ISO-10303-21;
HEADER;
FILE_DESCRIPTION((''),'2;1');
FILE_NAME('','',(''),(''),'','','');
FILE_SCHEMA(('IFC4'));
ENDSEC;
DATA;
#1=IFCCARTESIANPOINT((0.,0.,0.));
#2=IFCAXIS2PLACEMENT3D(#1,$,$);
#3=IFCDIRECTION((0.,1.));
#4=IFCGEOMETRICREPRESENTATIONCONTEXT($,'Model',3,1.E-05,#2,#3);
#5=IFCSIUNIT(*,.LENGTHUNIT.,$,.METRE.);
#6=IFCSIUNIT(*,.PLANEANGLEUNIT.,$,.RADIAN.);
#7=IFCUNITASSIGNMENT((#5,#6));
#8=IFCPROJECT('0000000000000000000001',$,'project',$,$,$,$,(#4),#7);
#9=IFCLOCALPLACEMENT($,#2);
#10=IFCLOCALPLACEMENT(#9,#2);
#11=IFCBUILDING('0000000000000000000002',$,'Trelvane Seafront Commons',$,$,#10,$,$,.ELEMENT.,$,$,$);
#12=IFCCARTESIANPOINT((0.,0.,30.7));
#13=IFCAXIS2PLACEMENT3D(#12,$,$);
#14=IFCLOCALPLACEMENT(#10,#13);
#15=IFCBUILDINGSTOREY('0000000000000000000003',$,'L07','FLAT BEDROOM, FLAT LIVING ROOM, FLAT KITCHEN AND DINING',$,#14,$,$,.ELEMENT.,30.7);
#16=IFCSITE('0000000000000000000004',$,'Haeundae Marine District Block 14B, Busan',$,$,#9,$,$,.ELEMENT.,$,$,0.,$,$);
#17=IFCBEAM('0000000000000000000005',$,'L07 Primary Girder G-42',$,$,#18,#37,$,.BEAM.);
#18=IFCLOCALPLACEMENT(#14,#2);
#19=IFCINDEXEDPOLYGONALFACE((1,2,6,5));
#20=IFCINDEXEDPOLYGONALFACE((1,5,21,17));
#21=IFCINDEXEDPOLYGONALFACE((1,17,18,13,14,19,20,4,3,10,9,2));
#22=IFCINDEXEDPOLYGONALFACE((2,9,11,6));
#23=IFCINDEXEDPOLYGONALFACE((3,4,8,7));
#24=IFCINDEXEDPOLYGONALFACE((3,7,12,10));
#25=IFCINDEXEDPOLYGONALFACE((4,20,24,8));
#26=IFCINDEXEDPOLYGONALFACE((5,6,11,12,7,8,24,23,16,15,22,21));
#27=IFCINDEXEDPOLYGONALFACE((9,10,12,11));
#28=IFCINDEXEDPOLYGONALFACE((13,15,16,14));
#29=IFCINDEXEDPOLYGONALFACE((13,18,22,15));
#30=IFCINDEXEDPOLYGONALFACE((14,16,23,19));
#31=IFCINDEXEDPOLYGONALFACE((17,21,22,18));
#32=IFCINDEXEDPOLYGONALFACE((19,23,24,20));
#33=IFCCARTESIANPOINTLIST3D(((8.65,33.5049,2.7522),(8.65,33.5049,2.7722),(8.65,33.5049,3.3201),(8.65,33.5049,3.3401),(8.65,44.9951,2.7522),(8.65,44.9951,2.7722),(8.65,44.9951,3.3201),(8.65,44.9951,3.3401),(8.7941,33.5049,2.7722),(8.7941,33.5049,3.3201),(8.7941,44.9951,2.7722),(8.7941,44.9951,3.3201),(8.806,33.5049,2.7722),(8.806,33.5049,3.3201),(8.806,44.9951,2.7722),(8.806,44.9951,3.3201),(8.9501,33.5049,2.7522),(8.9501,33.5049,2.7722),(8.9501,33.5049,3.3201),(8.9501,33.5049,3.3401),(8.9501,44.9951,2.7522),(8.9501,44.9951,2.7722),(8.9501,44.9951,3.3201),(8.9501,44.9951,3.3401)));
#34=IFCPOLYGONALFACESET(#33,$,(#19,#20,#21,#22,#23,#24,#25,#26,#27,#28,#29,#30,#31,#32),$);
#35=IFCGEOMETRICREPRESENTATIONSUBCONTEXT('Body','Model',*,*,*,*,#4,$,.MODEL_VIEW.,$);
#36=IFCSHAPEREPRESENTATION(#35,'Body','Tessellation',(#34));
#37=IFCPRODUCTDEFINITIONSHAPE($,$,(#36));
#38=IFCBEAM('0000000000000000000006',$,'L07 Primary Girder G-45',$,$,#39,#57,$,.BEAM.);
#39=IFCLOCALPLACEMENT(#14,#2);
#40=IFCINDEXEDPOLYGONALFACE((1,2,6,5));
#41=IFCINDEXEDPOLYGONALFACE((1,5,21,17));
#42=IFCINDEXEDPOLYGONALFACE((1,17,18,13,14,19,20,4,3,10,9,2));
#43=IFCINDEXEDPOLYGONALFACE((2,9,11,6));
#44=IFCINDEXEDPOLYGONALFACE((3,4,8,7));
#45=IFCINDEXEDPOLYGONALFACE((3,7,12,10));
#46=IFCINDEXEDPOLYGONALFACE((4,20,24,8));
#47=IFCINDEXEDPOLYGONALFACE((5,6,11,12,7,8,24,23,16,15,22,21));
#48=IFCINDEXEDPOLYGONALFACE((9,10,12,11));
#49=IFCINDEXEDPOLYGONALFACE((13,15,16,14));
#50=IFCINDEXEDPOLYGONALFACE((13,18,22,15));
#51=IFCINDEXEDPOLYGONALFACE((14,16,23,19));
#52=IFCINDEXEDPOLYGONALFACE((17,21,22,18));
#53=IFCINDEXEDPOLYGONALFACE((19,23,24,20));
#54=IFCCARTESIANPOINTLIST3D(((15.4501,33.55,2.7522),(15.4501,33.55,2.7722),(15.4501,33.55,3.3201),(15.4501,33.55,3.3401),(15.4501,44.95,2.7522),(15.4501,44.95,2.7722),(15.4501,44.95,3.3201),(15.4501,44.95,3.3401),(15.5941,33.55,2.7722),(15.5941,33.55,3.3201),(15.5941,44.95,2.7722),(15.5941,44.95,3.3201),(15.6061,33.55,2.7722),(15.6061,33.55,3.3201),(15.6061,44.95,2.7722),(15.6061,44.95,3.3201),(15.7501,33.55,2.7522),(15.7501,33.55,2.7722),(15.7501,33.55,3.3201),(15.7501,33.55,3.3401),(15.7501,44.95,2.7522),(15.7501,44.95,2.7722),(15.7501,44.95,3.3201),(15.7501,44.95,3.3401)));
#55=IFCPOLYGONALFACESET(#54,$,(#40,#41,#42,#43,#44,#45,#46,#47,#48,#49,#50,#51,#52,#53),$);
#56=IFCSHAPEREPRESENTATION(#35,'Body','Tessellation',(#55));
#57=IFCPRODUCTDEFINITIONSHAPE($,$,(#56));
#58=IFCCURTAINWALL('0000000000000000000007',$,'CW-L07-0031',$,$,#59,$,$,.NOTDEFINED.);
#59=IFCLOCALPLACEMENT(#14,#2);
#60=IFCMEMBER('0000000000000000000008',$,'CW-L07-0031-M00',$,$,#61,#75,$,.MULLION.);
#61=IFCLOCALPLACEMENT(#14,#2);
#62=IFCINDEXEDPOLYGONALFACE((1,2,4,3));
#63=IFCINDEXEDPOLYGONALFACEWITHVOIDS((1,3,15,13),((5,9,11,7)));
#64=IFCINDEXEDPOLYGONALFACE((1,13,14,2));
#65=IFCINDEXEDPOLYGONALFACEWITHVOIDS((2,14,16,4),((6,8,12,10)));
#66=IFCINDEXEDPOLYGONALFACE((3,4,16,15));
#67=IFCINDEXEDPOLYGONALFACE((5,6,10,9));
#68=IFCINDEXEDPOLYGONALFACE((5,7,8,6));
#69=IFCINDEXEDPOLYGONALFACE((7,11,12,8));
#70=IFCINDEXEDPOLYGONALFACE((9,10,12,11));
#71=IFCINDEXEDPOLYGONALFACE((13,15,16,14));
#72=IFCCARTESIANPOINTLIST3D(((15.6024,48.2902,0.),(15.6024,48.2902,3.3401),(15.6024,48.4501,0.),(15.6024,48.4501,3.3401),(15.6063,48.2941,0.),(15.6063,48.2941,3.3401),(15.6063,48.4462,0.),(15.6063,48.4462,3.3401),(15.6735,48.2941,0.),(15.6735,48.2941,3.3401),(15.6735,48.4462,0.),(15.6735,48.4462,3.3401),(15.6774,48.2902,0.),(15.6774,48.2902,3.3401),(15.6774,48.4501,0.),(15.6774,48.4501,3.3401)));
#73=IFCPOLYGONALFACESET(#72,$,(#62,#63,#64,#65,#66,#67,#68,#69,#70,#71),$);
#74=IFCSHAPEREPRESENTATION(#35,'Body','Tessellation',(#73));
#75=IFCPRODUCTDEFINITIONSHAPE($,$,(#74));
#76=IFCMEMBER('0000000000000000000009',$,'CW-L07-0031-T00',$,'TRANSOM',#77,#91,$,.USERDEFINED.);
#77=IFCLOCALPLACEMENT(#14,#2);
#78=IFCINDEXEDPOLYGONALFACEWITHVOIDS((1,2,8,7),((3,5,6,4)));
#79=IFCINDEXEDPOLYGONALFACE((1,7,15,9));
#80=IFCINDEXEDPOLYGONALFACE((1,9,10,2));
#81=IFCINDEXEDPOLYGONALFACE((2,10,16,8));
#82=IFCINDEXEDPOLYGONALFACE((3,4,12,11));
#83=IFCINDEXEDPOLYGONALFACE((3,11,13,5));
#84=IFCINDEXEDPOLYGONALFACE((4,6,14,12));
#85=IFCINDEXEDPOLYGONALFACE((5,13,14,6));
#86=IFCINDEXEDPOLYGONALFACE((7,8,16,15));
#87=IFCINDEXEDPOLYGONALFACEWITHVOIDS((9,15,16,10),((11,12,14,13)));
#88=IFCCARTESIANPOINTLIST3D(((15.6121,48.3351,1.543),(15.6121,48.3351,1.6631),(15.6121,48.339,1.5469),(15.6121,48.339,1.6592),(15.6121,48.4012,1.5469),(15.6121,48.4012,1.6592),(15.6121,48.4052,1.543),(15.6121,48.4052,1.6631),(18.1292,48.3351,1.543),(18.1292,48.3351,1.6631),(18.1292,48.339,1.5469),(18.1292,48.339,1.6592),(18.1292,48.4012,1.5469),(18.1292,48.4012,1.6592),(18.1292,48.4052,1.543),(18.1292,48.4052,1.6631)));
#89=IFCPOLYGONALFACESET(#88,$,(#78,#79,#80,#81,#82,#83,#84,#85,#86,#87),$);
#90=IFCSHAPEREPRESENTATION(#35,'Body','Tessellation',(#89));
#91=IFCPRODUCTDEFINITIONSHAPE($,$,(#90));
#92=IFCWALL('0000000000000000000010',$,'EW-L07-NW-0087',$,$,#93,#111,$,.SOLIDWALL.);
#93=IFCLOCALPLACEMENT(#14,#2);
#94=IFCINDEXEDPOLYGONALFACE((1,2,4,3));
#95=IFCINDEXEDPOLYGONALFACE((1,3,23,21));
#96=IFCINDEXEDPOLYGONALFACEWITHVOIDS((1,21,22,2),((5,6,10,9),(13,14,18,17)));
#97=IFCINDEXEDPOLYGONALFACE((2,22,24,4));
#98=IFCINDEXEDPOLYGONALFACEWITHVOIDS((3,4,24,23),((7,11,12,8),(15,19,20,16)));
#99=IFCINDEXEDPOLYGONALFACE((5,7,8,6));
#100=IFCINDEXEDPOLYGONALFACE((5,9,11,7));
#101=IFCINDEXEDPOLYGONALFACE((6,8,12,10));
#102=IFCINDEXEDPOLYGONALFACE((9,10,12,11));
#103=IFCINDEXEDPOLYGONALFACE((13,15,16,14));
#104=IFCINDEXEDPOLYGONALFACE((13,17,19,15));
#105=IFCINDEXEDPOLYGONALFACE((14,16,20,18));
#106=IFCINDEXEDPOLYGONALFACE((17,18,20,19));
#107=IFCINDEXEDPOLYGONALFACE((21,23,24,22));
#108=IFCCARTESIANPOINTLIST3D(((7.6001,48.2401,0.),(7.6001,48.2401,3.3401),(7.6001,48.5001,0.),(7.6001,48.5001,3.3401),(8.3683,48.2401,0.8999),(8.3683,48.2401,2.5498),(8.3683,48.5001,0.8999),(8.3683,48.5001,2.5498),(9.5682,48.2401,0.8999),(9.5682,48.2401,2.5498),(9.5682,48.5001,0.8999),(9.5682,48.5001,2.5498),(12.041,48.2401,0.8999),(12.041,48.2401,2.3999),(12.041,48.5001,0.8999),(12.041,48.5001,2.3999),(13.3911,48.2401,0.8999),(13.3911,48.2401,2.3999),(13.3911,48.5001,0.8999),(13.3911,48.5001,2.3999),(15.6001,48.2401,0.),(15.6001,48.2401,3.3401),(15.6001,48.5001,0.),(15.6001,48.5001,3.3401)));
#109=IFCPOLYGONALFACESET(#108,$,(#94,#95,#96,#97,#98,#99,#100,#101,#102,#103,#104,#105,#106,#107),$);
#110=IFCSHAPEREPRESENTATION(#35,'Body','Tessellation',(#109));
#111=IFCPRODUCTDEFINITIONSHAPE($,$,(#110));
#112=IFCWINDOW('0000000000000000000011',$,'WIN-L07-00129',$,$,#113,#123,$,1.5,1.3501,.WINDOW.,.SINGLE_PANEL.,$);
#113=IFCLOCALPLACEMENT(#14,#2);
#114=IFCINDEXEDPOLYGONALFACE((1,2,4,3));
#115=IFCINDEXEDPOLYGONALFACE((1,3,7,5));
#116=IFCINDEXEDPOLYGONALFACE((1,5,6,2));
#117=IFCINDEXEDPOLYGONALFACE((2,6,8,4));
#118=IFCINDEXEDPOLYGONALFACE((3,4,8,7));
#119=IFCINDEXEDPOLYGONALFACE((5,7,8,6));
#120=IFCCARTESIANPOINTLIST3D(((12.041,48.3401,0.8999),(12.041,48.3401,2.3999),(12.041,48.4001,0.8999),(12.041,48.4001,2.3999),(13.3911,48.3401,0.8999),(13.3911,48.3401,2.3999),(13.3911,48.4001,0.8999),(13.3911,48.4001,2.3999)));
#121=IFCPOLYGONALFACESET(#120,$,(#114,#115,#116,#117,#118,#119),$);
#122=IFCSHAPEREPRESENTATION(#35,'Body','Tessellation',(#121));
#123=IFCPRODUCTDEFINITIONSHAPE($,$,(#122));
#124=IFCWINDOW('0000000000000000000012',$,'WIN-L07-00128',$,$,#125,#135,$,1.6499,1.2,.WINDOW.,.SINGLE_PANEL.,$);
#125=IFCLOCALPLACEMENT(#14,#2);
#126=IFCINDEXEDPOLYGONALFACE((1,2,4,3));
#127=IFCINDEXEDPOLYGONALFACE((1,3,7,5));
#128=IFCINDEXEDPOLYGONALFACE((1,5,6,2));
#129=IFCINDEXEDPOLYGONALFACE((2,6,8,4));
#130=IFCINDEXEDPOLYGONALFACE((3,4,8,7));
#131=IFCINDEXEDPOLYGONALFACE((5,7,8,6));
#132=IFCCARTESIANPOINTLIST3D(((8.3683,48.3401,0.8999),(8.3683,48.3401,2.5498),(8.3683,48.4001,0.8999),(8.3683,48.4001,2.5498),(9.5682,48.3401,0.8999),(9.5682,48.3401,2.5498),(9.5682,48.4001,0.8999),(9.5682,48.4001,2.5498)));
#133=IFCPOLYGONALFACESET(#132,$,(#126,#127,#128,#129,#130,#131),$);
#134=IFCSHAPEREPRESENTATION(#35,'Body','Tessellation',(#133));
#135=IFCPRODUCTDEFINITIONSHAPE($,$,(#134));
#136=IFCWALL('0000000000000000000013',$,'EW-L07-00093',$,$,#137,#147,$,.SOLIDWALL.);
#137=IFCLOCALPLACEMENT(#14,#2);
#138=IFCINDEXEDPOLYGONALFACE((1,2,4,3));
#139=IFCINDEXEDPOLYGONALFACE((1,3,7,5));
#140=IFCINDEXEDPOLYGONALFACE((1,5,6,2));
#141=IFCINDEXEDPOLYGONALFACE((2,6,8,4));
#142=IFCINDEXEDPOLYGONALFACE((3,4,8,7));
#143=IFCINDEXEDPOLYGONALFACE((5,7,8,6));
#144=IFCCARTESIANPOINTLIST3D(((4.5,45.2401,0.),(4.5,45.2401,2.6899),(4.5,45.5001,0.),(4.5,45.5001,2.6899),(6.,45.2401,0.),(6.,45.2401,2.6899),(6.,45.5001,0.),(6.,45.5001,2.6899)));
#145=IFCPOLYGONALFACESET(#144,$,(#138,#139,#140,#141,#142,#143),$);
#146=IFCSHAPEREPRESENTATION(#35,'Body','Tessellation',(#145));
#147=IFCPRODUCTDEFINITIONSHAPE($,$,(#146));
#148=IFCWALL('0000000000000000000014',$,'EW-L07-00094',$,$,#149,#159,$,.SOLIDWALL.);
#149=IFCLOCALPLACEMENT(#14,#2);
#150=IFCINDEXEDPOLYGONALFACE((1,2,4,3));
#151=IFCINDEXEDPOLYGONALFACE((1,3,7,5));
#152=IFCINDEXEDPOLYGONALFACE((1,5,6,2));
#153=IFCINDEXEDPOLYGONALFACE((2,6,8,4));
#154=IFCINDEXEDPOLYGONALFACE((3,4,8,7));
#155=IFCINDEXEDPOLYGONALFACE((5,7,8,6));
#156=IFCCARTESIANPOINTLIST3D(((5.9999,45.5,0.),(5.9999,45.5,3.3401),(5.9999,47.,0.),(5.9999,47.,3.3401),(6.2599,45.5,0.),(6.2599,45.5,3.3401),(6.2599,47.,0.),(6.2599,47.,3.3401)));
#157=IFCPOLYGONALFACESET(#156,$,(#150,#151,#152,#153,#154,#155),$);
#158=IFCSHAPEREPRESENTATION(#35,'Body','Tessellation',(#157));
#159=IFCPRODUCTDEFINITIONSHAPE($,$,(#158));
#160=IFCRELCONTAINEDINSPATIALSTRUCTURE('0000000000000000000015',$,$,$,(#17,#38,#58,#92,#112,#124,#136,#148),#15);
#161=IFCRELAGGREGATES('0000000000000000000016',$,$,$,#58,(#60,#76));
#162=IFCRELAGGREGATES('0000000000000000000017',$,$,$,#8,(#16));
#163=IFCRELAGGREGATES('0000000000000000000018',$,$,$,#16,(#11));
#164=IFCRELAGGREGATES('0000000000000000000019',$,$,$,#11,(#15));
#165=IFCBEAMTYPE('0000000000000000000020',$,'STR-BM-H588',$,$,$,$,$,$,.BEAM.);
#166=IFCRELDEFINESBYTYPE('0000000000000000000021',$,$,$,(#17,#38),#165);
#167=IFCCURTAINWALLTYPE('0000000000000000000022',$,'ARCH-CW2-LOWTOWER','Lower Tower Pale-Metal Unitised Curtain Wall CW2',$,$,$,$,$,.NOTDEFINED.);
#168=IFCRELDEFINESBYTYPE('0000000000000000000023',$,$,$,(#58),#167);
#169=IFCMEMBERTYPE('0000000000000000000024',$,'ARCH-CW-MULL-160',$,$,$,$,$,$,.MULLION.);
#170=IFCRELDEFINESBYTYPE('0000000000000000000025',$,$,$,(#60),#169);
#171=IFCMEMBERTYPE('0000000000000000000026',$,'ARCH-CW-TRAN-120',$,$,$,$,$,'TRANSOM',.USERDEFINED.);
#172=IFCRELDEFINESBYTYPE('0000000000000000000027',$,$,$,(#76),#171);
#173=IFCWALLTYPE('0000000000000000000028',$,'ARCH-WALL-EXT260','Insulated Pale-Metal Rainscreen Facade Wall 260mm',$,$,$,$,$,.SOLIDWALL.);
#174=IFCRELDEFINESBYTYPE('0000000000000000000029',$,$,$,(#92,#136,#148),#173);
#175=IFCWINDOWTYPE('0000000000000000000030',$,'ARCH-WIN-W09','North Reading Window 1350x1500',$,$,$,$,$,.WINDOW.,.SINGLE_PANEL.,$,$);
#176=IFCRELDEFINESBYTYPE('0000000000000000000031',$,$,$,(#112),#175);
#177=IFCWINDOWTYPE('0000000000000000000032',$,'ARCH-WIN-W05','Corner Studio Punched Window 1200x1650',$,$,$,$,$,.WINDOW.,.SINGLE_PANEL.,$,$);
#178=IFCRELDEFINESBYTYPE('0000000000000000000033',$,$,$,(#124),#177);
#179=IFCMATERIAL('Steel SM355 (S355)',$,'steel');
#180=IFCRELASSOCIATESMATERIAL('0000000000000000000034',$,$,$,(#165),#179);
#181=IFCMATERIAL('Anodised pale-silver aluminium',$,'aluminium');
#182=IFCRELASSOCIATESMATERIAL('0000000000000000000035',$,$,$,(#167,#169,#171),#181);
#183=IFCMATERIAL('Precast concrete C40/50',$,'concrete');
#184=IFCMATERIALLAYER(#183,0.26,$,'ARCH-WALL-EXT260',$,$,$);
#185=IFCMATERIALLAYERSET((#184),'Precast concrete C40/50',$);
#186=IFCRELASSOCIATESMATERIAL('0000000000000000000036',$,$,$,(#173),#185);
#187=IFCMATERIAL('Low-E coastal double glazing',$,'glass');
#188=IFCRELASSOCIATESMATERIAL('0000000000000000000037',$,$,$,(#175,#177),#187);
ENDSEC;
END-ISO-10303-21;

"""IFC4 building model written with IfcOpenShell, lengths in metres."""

from ifc_helpers import new_model, si_unit, direction, frame, frame_2d, origin, origin_2d, place, context, subcontext, project, spatial, rectangle, hollow_rectangle, i_section, extrude, source, transform, mapped, material, layer, layer_set, material_profile, profile_set, type_object, element, fill, aggregate, save


model = new_model("IFC4")

# Units and contexts
model_context = context("Model", 3, precision=1e-05, world=origin(), true_north=direction((0.0, 1.0)))
body_context = subcontext(model_context, "Body", "Model", "MODEL_VIEW")
ifc_project = project(units=[si_unit("LENGTHUNIT", "METRE"), si_unit("PLANEANGLEUNIT", "RADIAN")], contexts=[model_context])

# Site, building, storey
site_placement = place(None, origin())
site = spatial("IfcSite", under=ifc_project, at=site_placement, Name="Haeundae Marine District Block 14B, Busan", CompositionType="ELEMENT", RefElevation=0.0)
building_placement = place(site_placement, origin())
building = spatial("IfcBuilding", under=site, at=building_placement, Name="Trelvane Seafront Commons", CompositionType="ELEMENT")
storey_placement = place(building_placement, frame((0.0, 0.0, 30.7)))
storey = spatial("IfcBuildingStorey", under=building, at=storey_placement, Name="L07", Description="FLAT BEDROOM, FLAT LIVING ROOM, FLAT KITCHEN AND DINING", CompositionType="ELEMENT", Elevation=30.7)

# Shared definitions
ifc_material_1 = material(Name="Steel SM355 (S355)", Category="steel")

# Beams
ifc_material_profile_1 = material_profile(ifc_material_1, i_section(OverallWidth=0.3, OverallDepth=0.5879, WebThickness=0.012, FlangeThickness=0.02, at=origin_2d()), Name="H-588x300x12x20")
ifc_profile_set_1 = profile_set([ifc_material_profile_1], Name="Steel SM355 (S355)")
beam_type_1 = type_object("IfcBeamType", Name="STR-BM-H588", PredefinedType="BEAM", material=ifc_profile_set_1)
shared_shape_1 = source(origin(), body_context, "Body", "SweptSolid", [
    extrude(i_section(OverallWidth=0.3, OverallDepth=0.5879, WebThickness=0.012, FlangeThickness=0.02, at=origin_2d()), origin(), (0.0, 0.0, 1.0), 11.4902),
])
for number, where, z_axis, x_axis, name in (
    (1, (8.8, 33.5049, 3.0461), (0.0, 1.0, 0.0), (-1.0, 0.0, 0.0), "L07 Primary Girder G-42"),
):
    element("IfcBeam", number, at=place(storey_placement, frame(where, z_axis=z_axis, x_axis=x_axis)), inside=storey, type_object=beam_type_1, Name=name, PredefinedType="BEAM", context=body_context, shape_type="MappedRepresentation", body=[
        mapped(shared_shape_1, transform((0.0, 0.0, 0.0), x_axis=(1.0, 0.0, 0.0), y_axis=(0.0, 1.0, 0.0), z_axis=(0.0, 0.0, 1.0), scale=1.0)),
    ])
shared_shape_2 = source(origin(), body_context, "Body", "SweptSolid", [
    extrude(i_section(OverallWidth=0.3, OverallDepth=0.5879, WebThickness=0.012, FlangeThickness=0.02, at=origin_2d()), origin(), (0.0, 0.0, 1.0), 11.3999),
])
beam_1_placement = place(storey_placement, frame((15.6001, 33.55, 3.0461), z_axis=(0.0, 1.0, 0.0), x_axis=(-1.0, 0.0, 0.0)))
element("IfcBeam", 2, at=beam_1_placement, inside=storey, type_object=beam_type_1, Name="L07 Primary Girder G-45", PredefinedType="BEAM", context=body_context, shape_type="MappedRepresentation", body=[
    mapped(shared_shape_2, transform((0.0, 0.0, 0.0), x_axis=(1.0, 0.0, 0.0), y_axis=(0.0, 1.0, 0.0), z_axis=(0.0, 0.0, 1.0), scale=1.0)),
])

# Curtain wall, members
ifc_material_2 = material(Name="Anodised pale-silver aluminium", Category="aluminium")
curtain_wall_type = type_object("IfcCurtainWallType", Name="ARCH-CW2-LOWTOWER", Description="Lower Tower Pale-Metal Unitised Curtain Wall CW2", PredefinedType="NOTDEFINED", material=ifc_material_2)
curtain_wall_placement = place(storey_placement, origin())
curtain_wall = element("IfcCurtainWall", 3, at=curtain_wall_placement, inside=storey, type_object=curtain_wall_type, Name="CW-L07-0031", PredefinedType="NOTDEFINED")
ifc_material_profile_2 = material_profile(ifc_material_2, hollow_rectangle(XDim=0.075, YDim=0.1599, WallThickness=0.0039, at=origin_2d()), Name="MULL-75x160x4")
ifc_profile_set_2 = profile_set([ifc_material_profile_2], Name="Anodised pale-silver aluminium")
member_type_1 = type_object("IfcMemberType", Name="ARCH-CW-MULL-160", PredefinedType="MULLION", material=ifc_profile_set_2)
shared_shape_3 = source(origin(), body_context, "Body", "SweptSolid", [
    extrude(hollow_rectangle(XDim=0.075, YDim=0.1599, WallThickness=0.0039, at=origin_2d()), origin(), (0.0, 0.0, 1.0), 3.3401),
])
member_1_placement = place(storey_placement, frame((15.6399, 48.3701, 0.0), z_axis=(0.0, 0.0, 1.0), x_axis=(1.0, 0.0, 0.0)))
member_1 = element("IfcMember", 4, at=member_1_placement, type_object=member_type_1, Name="CW-L07-0031-M00", PredefinedType="MULLION", context=body_context, shape_type="MappedRepresentation", body=[
    mapped(shared_shape_3, transform((0.0, 0.0, 0.0), x_axis=(1.0, 0.0, 0.0), y_axis=(0.0, 1.0, 0.0), z_axis=(0.0, 0.0, 1.0), scale=1.0)),
])
ifc_material_profile_3 = material_profile(ifc_material_2, hollow_rectangle(XDim=0.0701, YDim=0.1201, WallThickness=0.0039, at=origin_2d()), Name="TRAN-70x120x4")
ifc_profile_set_3 = profile_set([ifc_material_profile_3], Name="Anodised pale-silver aluminium")
member_type_2 = type_object("IfcMemberType", Name="ARCH-CW-TRAN-120", ElementType="TRANSOM", PredefinedType="USERDEFINED", material=ifc_profile_set_3)
shared_shape_4 = source(origin(), body_context, "Body", "SweptSolid", [
    extrude(hollow_rectangle(XDim=0.0701, YDim=0.1201, WallThickness=0.0039, at=origin_2d()), origin(), (0.0, 0.0, 1.0), 2.5171),
])
member_2_placement = place(storey_placement, frame((15.6121, 48.3701, 1.603), z_axis=(1.0, 0.0, 0.0), x_axis=(0.0, 1.0, 0.0)))
member_2 = element("IfcMember", 5, at=member_2_placement, type_object=member_type_2, Name="CW-L07-0031-T00", ObjectType="TRANSOM", PredefinedType="USERDEFINED", context=body_context, shape_type="MappedRepresentation", body=[
    mapped(shared_shape_4, transform((0.0, 0.0, 0.0), x_axis=(1.0, 0.0, 0.0), y_axis=(0.0, 1.0, 0.0), z_axis=(0.0, 0.0, 1.0), scale=1.0)),
])
aggregate(curtain_wall, [member_1, member_2])

# Wall, openings, windows
ifc_material_3 = material(Name="Precast concrete C40/50", Category="concrete")
ifc_layer_1 = layer(ifc_material_3, 0.26, Name="ARCH-WALL-EXT260")
ifc_layer_set_1 = layer_set([ifc_layer_1], Name="Precast concrete C40/50")
wall_type_1 = type_object("IfcWallType", Name="ARCH-WALL-EXT260", Description="Insulated Pale-Metal Rainscreen Facade Wall 260mm", PredefinedType="SOLIDWALL", material=ifc_layer_set_1)
wall_1_placement = place(storey_placement, frame((7.6001, 48.3701, 0.0), z_axis=(0.0, 0.0, 1.0), x_axis=(1.0, 0.0, 0.0)))
wall_1 = element("IfcWall", 6, at=wall_1_placement, inside=storey, type_object=wall_type_1, Name="EW-L07-NW-0087", PredefinedType="SOLIDWALL", context=body_context, shape_type="SweptSolid", body=[
    extrude(rectangle(XDim=8.0, YDim=0.26, at=frame_2d((4.0, 0.0))), origin(), (0.0, 0.0, 1.0), 3.3401),
])
opening_1_placement = place(wall_1_placement, frame((0.7681, 0.0, 0.8999)))
opening_1 = element("IfcOpeningElement", 7, at=opening_1_placement, cuts=wall_1, PredefinedType="OPENING", context=body_context, shape_type="SweptSolid", body=[
    extrude(rectangle(XDim=1.2, YDim=1.6499, at=frame_2d((0.6001, 0.825))), frame((0.0, 0.1399, 0.0), z_axis=(0.0, -1.0, 0.0), x_axis=(1.0, 0.0, 0.0)), (0.0, 0.0, 1.0), 0.28),
])
opening_2_placement = place(wall_1_placement, frame((4.4409, 0.0, 0.8999)))
opening_2 = element("IfcOpeningElement", 8, at=opening_2_placement, cuts=wall_1, PredefinedType="OPENING", context=body_context, shape_type="SweptSolid", body=[
    extrude(rectangle(XDim=1.3501, YDim=1.5, at=frame_2d((0.675, 0.75))), frame((0.0, 0.1399, 0.0), z_axis=(0.0, -1.0, 0.0), x_axis=(1.0, 0.0, 0.0)), (0.0, 0.0, 1.0), 0.28),
])
ifc_material_4 = material(Name="Low-E coastal double glazing", Category="glass")
window_type_1 = type_object("IfcWindowType", Name="ARCH-WIN-W09", Description="North Reading Window 1350x1500", PartitioningType="SINGLE_PANEL", PredefinedType="WINDOW", material=ifc_material_4)
shared_shape_5 = source(origin(), body_context, "Body", "SweptSolid", [
    extrude(rectangle(XDim=1.3501, YDim=1.5, at=frame_2d((0.675, 0.75))), frame((0.0, 0.03, 0.0), z_axis=(0.0, -1.0, 0.0), x_axis=(1.0, 0.0, 0.0)), (0.0, 0.0, 1.0), 0.0601),
])
window_1_placement = place(opening_2_placement, origin())
window_1 = element("IfcWindow", 9, at=window_1_placement, inside=storey, type_object=window_type_1, Name="WIN-L07-00129", OverallHeight=1.5, OverallWidth=1.3501, PartitioningType="SINGLE_PANEL", PredefinedType="WINDOW", context=body_context, shape_type="MappedRepresentation", body=[
    mapped(shared_shape_5, transform((0.0, 0.0, 0.0), x_axis=(1.0, 0.0, 0.0), y_axis=(0.0, 1.0, 0.0), z_axis=(0.0, 0.0, 1.0), scale=1.0)),
])
fill(opening_2, window_1)
window_type_2 = type_object("IfcWindowType", Name="ARCH-WIN-W05", Description="Corner Studio Punched Window 1200x1650", PartitioningType="SINGLE_PANEL", PredefinedType="WINDOW", material=ifc_material_4)
shared_shape_6 = source(origin(), body_context, "Body", "SweptSolid", [
    extrude(rectangle(XDim=1.2, YDim=1.6499, at=frame_2d((0.6001, 0.825))), frame((0.0, 0.03, 0.0), z_axis=(0.0, -1.0, 0.0), x_axis=(1.0, 0.0, 0.0)), (0.0, 0.0, 1.0), 0.0601),
])
window_2_placement = place(opening_1_placement, origin())
window_2 = element("IfcWindow", 10, at=window_2_placement, inside=storey, type_object=window_type_2, Name="WIN-L07-00128", OverallHeight=1.6499, OverallWidth=1.2, PartitioningType="SINGLE_PANEL", PredefinedType="WINDOW", context=body_context, shape_type="MappedRepresentation", body=[
    mapped(shared_shape_6, transform((0.0, 0.0, 0.0), x_axis=(1.0, 0.0, 0.0), y_axis=(0.0, 1.0, 0.0), z_axis=(0.0, 0.0, 1.0), scale=1.0)),
])
fill(opening_1, window_2)

# Walls
wall_2_placement = place(storey_placement, frame((4.5, 45.3701, 0.0), z_axis=(0.0, 0.0, 1.0), x_axis=(1.0, 0.0, 0.0)))
element("IfcWall", 11, at=wall_2_placement, inside=storey, type_object=wall_type_1, Name="EW-L07-00093", PredefinedType="SOLIDWALL", context=body_context, shape_type="SweptSolid", body=[
    extrude(rectangle(XDim=1.5, YDim=0.26, at=frame_2d((0.75, 0.0))), origin(), (0.0, 0.0, 1.0), 2.6899),
])
for number, where, z_axis, x_axis, name in (
    (12, (6.1299, 45.5, 0.0), (0.0, 0.0, 1.0), (0.0, 1.0, 0.0), "EW-L07-00094"),
):
    element("IfcWall", number, at=place(storey_placement, frame(where, z_axis=z_axis, x_axis=x_axis)), inside=storey, type_object=wall_type_1, Name=name, PredefinedType="SOLIDWALL", context=body_context, shape_type="SweptSolid", body=[
        extrude(rectangle(XDim=1.5, YDim=0.26, at=frame_2d((0.75, 0.0))), origin(), (0.0, 0.0, 1.0), 3.3401),
    ])

save(model, "model.ifc")
